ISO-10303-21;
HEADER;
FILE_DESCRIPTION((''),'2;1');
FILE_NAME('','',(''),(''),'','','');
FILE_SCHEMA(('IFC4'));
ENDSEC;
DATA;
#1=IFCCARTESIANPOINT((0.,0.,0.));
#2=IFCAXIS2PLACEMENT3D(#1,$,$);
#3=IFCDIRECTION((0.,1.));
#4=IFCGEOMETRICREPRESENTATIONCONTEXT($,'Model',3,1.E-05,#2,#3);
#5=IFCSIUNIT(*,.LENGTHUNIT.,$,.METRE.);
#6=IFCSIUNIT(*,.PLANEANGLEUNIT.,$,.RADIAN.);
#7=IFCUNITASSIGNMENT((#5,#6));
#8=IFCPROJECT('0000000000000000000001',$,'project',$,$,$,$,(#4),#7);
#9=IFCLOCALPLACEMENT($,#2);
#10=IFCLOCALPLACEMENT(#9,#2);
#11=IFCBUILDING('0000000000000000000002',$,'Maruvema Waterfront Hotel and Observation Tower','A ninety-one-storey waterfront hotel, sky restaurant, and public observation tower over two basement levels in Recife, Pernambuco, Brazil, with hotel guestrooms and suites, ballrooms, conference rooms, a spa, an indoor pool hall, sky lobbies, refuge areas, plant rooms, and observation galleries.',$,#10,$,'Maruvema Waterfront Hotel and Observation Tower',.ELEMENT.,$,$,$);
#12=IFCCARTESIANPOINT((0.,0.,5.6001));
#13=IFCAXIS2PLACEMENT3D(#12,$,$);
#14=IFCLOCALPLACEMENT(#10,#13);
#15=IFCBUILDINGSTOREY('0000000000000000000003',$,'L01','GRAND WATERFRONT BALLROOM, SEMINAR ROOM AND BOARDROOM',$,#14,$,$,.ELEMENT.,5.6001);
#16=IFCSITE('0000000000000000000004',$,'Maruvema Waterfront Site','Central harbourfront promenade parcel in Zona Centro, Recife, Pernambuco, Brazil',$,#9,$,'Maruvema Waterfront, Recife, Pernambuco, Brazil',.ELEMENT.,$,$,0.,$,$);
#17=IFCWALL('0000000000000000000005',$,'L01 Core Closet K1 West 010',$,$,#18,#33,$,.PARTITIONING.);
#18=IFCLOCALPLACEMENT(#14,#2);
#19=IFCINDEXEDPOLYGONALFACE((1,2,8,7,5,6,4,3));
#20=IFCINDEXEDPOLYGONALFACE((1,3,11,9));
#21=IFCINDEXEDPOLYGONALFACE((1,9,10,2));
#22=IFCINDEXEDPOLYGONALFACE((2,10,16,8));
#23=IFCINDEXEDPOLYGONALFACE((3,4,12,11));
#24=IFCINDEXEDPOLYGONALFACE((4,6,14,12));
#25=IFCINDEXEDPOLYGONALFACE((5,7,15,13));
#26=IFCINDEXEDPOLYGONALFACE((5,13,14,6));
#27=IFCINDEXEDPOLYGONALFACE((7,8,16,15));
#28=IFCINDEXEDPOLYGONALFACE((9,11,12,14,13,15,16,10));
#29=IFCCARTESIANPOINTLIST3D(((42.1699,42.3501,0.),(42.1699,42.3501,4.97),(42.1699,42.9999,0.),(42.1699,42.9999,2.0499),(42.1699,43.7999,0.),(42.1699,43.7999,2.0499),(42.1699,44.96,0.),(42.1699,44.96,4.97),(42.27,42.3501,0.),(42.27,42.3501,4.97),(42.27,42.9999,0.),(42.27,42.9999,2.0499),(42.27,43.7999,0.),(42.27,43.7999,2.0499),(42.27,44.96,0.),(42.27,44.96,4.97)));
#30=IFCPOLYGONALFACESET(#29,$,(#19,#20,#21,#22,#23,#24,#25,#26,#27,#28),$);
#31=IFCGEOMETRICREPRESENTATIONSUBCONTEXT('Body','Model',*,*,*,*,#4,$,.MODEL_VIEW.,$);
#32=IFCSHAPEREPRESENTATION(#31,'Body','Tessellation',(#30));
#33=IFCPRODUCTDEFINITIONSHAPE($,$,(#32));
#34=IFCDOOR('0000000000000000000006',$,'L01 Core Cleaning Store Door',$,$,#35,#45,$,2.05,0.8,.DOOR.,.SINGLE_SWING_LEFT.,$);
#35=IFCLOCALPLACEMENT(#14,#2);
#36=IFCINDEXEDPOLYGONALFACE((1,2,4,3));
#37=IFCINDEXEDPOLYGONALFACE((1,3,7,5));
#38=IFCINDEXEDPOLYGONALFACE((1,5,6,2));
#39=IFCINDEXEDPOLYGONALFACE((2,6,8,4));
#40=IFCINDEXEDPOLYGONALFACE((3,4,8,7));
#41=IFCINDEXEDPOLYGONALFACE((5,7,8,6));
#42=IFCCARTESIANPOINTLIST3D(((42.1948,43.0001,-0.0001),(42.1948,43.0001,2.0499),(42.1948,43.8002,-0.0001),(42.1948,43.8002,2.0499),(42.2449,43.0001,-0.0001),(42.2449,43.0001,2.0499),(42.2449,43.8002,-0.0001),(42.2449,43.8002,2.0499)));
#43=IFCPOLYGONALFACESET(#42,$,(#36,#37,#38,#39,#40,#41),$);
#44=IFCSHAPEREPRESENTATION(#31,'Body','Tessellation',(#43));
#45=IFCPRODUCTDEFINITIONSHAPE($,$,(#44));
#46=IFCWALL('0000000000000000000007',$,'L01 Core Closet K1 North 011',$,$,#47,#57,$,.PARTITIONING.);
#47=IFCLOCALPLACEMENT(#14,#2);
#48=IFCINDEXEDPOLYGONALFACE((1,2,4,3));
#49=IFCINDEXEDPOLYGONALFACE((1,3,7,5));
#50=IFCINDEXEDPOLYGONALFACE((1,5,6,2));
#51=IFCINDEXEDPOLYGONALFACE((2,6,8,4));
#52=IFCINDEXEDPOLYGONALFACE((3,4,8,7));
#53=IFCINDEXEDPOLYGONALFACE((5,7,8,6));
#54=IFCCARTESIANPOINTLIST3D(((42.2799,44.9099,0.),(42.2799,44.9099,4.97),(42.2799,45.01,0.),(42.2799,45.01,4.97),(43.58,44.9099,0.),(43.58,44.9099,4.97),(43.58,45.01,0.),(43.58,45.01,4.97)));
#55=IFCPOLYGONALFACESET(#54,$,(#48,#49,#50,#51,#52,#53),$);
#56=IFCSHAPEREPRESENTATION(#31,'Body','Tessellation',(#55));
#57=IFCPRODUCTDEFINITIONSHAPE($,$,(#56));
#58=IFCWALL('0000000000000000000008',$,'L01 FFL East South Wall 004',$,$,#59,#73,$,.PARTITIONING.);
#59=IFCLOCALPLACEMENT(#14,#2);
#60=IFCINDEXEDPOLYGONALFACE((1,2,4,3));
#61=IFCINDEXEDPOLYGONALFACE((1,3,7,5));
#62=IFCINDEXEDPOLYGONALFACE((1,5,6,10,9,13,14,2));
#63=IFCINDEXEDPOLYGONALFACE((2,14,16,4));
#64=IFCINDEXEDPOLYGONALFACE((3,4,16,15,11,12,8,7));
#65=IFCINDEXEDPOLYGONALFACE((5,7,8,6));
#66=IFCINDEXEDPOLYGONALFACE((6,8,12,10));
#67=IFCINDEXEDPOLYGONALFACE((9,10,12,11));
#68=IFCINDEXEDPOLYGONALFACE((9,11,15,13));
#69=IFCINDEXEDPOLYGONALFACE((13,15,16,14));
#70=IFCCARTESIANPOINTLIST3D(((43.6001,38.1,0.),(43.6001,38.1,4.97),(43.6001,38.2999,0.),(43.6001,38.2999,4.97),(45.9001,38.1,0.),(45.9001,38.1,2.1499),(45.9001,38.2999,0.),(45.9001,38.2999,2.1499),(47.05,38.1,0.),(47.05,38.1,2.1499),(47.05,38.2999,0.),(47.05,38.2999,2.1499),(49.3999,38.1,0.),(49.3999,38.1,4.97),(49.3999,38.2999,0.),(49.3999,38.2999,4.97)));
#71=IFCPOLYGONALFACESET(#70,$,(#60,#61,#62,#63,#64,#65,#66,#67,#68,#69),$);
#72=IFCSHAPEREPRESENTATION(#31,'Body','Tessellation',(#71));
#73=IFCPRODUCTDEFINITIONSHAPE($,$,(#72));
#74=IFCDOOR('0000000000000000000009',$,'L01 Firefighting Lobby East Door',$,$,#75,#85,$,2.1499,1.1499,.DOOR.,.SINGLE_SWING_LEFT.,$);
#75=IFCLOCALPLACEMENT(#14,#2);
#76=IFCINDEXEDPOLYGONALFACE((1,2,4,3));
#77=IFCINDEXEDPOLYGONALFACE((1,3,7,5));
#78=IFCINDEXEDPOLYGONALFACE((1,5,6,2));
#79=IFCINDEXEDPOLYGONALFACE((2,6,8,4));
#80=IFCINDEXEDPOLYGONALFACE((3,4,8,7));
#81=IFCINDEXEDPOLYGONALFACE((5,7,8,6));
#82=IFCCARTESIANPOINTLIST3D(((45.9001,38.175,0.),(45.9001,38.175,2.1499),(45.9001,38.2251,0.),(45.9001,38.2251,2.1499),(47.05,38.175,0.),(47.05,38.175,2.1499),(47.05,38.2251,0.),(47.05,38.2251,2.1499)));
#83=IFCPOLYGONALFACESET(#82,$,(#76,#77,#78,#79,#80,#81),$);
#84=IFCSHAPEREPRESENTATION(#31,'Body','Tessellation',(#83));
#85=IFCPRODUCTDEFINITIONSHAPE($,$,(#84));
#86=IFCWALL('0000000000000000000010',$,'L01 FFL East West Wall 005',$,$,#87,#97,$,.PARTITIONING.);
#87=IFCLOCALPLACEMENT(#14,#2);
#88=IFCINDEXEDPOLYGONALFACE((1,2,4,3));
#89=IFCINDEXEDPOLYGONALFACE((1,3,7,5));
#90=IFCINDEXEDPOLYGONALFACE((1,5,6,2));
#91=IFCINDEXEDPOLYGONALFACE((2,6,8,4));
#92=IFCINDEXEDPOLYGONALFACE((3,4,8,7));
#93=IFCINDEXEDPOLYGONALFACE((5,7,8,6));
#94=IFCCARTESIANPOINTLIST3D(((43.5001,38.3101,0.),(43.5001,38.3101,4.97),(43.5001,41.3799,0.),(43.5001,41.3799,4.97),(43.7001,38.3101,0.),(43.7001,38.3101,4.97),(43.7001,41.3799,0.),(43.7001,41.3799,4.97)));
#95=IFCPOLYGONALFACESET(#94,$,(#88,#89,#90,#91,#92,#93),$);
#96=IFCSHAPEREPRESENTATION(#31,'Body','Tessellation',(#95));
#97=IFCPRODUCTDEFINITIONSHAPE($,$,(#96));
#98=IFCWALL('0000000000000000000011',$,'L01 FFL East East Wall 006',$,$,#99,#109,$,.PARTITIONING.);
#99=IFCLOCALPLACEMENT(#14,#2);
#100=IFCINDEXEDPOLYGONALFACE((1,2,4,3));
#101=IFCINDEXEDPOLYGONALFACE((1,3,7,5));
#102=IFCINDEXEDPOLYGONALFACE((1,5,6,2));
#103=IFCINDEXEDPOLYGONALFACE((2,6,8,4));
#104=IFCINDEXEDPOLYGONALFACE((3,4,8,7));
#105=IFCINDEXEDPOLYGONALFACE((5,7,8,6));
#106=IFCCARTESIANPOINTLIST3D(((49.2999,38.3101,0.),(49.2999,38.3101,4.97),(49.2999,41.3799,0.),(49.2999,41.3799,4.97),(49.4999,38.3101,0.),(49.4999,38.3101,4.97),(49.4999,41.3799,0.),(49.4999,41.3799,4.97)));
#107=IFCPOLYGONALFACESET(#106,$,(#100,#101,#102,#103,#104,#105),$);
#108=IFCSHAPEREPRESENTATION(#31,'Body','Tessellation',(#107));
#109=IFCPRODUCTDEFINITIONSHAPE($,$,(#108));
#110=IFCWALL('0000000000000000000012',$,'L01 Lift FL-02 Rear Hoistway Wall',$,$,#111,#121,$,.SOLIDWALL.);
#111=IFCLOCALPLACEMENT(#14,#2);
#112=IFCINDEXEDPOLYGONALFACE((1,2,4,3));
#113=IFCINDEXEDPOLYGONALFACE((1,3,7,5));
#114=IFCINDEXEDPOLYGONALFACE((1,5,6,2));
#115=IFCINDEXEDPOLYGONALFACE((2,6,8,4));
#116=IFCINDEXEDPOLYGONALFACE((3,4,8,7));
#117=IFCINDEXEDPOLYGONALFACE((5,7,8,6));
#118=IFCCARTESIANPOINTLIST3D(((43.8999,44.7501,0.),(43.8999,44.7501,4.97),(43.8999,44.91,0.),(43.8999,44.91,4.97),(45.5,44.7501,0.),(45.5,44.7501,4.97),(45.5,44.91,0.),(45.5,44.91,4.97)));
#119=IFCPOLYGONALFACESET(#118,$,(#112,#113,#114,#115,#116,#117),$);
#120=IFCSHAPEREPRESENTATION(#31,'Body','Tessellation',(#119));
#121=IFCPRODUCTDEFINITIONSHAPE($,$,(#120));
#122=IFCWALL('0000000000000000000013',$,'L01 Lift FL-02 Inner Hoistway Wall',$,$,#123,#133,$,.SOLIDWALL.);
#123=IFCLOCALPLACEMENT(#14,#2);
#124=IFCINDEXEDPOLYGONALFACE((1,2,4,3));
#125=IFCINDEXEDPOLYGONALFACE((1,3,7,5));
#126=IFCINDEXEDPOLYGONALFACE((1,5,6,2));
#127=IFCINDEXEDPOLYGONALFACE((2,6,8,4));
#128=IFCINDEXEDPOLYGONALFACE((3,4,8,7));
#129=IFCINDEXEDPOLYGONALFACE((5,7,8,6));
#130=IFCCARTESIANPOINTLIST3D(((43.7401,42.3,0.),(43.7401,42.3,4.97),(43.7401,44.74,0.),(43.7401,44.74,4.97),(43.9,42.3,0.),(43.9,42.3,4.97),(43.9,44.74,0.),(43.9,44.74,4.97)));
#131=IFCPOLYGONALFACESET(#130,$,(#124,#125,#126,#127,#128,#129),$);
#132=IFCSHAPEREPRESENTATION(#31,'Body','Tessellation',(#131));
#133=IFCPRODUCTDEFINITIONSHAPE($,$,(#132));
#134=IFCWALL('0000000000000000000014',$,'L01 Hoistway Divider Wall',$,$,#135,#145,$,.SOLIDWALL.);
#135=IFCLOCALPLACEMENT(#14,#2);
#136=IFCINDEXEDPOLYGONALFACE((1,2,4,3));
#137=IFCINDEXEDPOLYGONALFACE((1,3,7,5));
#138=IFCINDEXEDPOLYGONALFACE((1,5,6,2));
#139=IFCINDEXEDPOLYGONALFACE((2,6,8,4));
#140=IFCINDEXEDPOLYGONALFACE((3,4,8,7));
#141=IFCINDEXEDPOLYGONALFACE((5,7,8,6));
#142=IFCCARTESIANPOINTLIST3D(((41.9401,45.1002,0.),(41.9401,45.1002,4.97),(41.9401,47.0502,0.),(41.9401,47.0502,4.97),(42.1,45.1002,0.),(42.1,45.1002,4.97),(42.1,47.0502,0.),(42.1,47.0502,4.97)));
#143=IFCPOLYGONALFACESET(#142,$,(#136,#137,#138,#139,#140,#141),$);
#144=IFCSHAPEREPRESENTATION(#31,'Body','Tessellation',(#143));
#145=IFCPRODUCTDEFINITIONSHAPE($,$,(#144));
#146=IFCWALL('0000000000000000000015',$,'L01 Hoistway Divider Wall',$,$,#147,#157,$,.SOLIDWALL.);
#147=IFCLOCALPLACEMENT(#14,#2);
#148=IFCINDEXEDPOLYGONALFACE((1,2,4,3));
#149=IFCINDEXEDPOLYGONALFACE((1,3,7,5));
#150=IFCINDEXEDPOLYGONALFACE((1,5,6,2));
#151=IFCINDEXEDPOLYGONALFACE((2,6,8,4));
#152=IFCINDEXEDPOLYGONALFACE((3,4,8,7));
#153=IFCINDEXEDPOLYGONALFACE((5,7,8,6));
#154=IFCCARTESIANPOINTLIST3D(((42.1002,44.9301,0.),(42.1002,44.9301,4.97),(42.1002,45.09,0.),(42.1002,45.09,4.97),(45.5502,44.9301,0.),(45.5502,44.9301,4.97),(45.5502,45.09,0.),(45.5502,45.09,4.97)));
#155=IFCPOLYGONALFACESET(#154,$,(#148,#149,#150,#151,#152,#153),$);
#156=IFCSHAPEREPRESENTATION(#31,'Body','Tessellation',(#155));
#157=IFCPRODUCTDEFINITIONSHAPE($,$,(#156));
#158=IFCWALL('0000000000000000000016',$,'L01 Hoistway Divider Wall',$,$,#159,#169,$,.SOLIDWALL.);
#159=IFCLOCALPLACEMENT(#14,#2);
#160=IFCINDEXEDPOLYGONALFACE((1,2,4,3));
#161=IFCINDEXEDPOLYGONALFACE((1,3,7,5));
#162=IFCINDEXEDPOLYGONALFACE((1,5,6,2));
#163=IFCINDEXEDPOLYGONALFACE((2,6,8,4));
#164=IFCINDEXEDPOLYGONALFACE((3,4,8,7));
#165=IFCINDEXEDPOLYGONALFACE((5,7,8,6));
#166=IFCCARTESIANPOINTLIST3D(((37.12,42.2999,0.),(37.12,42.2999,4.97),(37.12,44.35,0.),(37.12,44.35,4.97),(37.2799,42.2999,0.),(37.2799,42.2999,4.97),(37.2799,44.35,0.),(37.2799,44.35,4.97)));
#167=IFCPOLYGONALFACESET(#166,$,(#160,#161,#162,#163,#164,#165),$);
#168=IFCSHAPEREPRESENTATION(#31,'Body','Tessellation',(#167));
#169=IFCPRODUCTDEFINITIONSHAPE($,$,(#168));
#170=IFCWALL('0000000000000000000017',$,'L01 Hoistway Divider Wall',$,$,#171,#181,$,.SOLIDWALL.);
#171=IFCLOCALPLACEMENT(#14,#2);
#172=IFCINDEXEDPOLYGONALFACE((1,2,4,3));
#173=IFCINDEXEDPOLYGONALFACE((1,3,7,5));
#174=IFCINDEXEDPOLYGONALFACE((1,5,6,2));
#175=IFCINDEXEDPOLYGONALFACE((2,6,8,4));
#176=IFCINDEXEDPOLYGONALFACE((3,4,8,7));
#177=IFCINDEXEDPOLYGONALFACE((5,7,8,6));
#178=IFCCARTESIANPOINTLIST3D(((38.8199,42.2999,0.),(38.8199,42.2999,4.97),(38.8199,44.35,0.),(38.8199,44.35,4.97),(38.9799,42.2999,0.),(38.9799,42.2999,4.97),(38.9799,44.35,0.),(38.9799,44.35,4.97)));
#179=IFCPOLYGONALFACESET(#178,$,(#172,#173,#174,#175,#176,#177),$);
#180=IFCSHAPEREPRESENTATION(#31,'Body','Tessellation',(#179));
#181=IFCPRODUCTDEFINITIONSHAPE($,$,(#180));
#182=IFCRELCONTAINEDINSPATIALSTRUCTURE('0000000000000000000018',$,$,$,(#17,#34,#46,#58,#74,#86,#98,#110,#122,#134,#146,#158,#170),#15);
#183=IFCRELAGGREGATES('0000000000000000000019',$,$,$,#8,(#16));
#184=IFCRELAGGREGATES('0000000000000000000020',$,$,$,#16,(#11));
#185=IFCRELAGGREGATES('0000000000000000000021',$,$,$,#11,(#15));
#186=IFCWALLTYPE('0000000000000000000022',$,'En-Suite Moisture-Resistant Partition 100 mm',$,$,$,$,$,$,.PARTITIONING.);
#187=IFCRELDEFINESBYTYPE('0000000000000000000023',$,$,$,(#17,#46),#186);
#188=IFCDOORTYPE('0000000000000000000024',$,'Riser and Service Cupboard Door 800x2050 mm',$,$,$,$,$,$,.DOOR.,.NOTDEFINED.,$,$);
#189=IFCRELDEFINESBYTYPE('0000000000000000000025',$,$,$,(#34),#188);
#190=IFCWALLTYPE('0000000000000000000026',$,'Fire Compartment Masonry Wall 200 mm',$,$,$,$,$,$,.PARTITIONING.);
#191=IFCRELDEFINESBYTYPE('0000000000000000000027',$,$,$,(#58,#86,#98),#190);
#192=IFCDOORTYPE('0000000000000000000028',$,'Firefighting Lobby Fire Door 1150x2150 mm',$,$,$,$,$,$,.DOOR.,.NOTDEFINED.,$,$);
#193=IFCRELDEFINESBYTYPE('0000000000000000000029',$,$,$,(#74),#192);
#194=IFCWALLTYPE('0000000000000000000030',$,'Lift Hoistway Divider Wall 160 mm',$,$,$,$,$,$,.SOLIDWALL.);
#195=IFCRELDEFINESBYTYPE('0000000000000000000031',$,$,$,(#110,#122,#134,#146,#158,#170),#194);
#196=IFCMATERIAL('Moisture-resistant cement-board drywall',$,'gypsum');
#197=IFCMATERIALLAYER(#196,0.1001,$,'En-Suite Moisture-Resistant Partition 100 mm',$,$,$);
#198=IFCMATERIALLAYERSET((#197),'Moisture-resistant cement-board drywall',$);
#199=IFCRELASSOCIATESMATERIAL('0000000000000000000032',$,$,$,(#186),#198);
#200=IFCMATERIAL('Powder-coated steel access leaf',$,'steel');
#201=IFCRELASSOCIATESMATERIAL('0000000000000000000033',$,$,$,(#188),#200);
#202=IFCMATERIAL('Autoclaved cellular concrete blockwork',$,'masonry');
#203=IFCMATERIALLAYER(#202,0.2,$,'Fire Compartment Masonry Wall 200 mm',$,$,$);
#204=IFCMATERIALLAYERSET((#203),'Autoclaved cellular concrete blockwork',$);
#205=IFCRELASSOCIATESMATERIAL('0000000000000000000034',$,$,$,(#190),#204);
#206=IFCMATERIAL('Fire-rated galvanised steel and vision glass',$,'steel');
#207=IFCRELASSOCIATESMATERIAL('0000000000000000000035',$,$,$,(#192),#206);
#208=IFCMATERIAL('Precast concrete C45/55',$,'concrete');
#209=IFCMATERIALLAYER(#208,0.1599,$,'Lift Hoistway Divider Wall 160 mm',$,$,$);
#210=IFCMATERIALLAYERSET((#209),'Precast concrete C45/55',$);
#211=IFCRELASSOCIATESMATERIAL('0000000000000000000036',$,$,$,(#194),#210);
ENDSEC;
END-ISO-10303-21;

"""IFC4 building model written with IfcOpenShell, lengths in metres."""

from ifc_helpers import new_model, si_unit, direction, frame, frame_2d, origin, place, context, subcontext, project, spatial, rectangle, extrude, material, layer, layer_set, type_object, element, fill, save


model = new_model("IFC4")

# Units and contexts
model_context = context("Model", 3, precision=1e-05, world=origin(), true_north=direction((0.0, 1.0)))
body_context = subcontext(model_context, "Body", "Model", "MODEL_VIEW")
ifc_project = project(units=[si_unit("LENGTHUNIT", "METRE"), si_unit("PLANEANGLEUNIT", "RADIAN")], contexts=[model_context])

# Site, building, storey
site_placement = place(None, origin())
site = spatial("IfcSite", under=ifc_project, at=site_placement, Name="Maruvema Waterfront Site", Description="Central harbourfront promenade parcel in Zona Centro, Recife, Pernambuco, Brazil", LongName="Maruvema Waterfront, Recife, Pernambuco, Brazil", CompositionType="ELEMENT", RefElevation=0.0)
building_placement = place(site_placement, origin())
building = spatial("IfcBuilding", under=site, at=building_placement, Name="Maruvema Waterfront Hotel and Observation Tower", Description="A ninety-one-storey waterfront hotel, sky restaurant, and public observation tower over two basement levels in Recife, Pernambuco, Brazil, with hotel guestrooms and suites, ballrooms, conference rooms, a spa, an indoor pool hall, sky lobbies, refuge areas, plant rooms, and observation galleries.", LongName="Maruvema Waterfront Hotel and Observation Tower", CompositionType="ELEMENT")
storey_placement = place(building_placement, frame((0.0, 0.0, 5.6001)))
storey = spatial("IfcBuildingStorey", under=building, at=storey_placement, Name="L01", Description="GRAND WATERFRONT BALLROOM, SEMINAR ROOM AND BOARDROOM", CompositionType="ELEMENT", Elevation=5.6001)

# Wall, opening, door
ifc_material_1 = material(Name="Moisture-resistant cement-board drywall", Category="gypsum")
ifc_layer_1 = layer(ifc_material_1, 0.1001, Name="En-Suite Moisture-Resistant Partition 100 mm")
ifc_layer_set_1 = layer_set([ifc_layer_1], Name="Moisture-resistant cement-board drywall")
wall_type_1 = type_object("IfcWallType", Name="En-Suite Moisture-Resistant Partition 100 mm", PredefinedType="PARTITIONING", material=ifc_layer_set_1)
wall_1_placement = place(storey_placement, frame((42.22, 42.3501, 0.0), z_axis=(0.0, 0.0, 1.0), x_axis=(0.0, 1.0, 0.0)))
wall_1 = element("IfcWall", 1, at=wall_1_placement, inside=storey, type_object=wall_type_1, Name="L01 Core Closet K1 West 010", PredefinedType="PARTITIONING", context=body_context, shape_type="SweptSolid", body=[
    extrude(rectangle(XDim=2.6099, YDim=0.1001, at=frame_2d((1.3049, 0.0))), origin(), (0.0, 0.0, 1.0), 4.97),
])
opening_1_placement = place(wall_1_placement, frame((0.6499, 0.0, 0.0)))
opening_1 = element("IfcOpeningElement", 2, at=opening_1_placement, cuts=wall_1, PredefinedType="OPENING", context=body_context, shape_type="SweptSolid", body=[
    extrude(rectangle(XDim=0.8, YDim=2.05, at=frame_2d((0.3999, 1.0249))), frame((0.0, 0.0601, 0.0), z_axis=(0.0, -1.0, 0.0), x_axis=(1.0, 0.0, 0.0)), (0.0, 0.0, 1.0), 0.1201),
])
ifc_material_2 = material(Name="Powder-coated steel access leaf", Category="steel")
door_type_1 = type_object("IfcDoorType", Name="Riser and Service Cupboard Door 800x2050 mm", OperationType="NOTDEFINED", PredefinedType="DOOR", material=ifc_material_2)
door_1_placement = place(opening_1_placement, frame((0.8, 0.0, 0.0), z_axis=(0.0, 0.0, 1.0), x_axis=(-1.0, 0.0, 0.0)))
door_1 = element("IfcDoor", 3, at=door_1_placement, inside=storey, type_object=door_type_1, Name="L01 Core Cleaning Store Door", OperationType="SINGLE_SWING_LEFT", OverallHeight=2.05, OverallWidth=0.8, PredefinedType="DOOR", context=body_context, shape_type="SweptSolid", body=[
    extrude(rectangle(XDim=0.8, YDim=2.05, at=frame_2d((0.3999, 1.0249))), frame((0.0, 0.0249, 0.0), z_axis=(0.0, -1.0, 0.0), x_axis=(1.0, 0.0, 0.0)), (0.0, 0.0, 1.0), 0.05),
])
fill(opening_1, door_1)

# Wall
wall_2_placement = place(storey_placement, frame((42.28, 44.96, 0.0), z_axis=(0.0, 0.0, 1.0), x_axis=(1.0, 0.0, 0.0)))
element("IfcWall", 4, at=wall_2_placement, inside=storey, type_object=wall_type_1, Name="L01 Core Closet K1 North 011", PredefinedType="PARTITIONING", context=body_context, shape_type="SweptSolid", body=[
    extrude(rectangle(XDim=1.3, YDim=0.1001, at=frame_2d((0.6499, 0.0))), origin(), (0.0, 0.0, 1.0), 4.97),
])

# Wall, opening, door
ifc_material_3 = material(Name="Autoclaved cellular concrete blockwork", Category="masonry")
ifc_layer_2 = layer(ifc_material_3, 0.2, Name="Fire Compartment Masonry Wall 200 mm")
ifc_layer_set_2 = layer_set([ifc_layer_2], Name="Autoclaved cellular concrete blockwork")
wall_type_2 = type_object("IfcWallType", Name="Fire Compartment Masonry Wall 200 mm", PredefinedType="PARTITIONING", material=ifc_layer_set_2)
wall_3_placement = place(storey_placement, frame((43.6001, 38.2, 0.0), z_axis=(0.0, 0.0, 1.0), x_axis=(1.0, 0.0, 0.0)))
wall_3 = element("IfcWall", 5, at=wall_3_placement, inside=storey, type_object=wall_type_2, Name="L01 FFL East South Wall 004", PredefinedType="PARTITIONING", context=body_context, shape_type="SweptSolid", body=[
    extrude(rectangle(XDim=5.7998, YDim=0.2, at=frame_2d((2.8999, 0.0))), origin(), (0.0, 0.0, 1.0), 4.97),
])
opening_2_placement = place(wall_3_placement, frame((2.3, 0.0, 0.0)))
opening_2 = element("IfcOpeningElement", 6, at=opening_2_placement, cuts=wall_3, PredefinedType="OPENING", context=body_context, shape_type="SweptSolid", body=[
    extrude(rectangle(XDim=1.1499, YDim=2.1499, at=frame_2d((0.575, 1.075))), frame((0.0, 0.1099, 0.0), z_axis=(0.0, -1.0, 0.0), x_axis=(1.0, 0.0, 0.0)), (0.0, 0.0, 1.0), 0.22),
])
ifc_material_4 = material(Name="Fire-rated galvanised steel and vision glass", Category="steel")
door_type_2 = type_object("IfcDoorType", Name="Firefighting Lobby Fire Door 1150x2150 mm", OperationType="NOTDEFINED", PredefinedType="DOOR", material=ifc_material_4)
door_2_placement = place(opening_2_placement, frame((1.1499, 0.0, 0.0), z_axis=(0.0, 0.0, 1.0), x_axis=(-1.0, 0.0, 0.0)))
door_2 = element("IfcDoor", 7, at=door_2_placement, inside=storey, type_object=door_type_2, Name="L01 Firefighting Lobby East Door", OperationType="SINGLE_SWING_LEFT", OverallHeight=2.1499, OverallWidth=1.1499, PredefinedType="DOOR", context=body_context, shape_type="SweptSolid", body=[
    extrude(rectangle(XDim=1.1499, YDim=2.1499, at=frame_2d((0.575, 1.075))), frame((0.0, 0.0249, 0.0), z_axis=(0.0, -1.0, 0.0), x_axis=(1.0, 0.0, 0.0)), (0.0, 0.0, 1.0), 0.05),
])
fill(opening_2, door_2)

# Walls
for number, where, z_axis, x_axis, name in (
    (8, (43.6001, 38.3101, 0.0), (0.0, 0.0, 1.0), (0.0, 1.0, 0.0), "L01 FFL East West Wall 005"),
    (9, (49.3999, 38.3101, 0.0), (0.0, 0.0, 1.0), (0.0, 1.0, 0.0), "L01 FFL East East Wall 006"),
):
    element("IfcWall", number, at=place(storey_placement, frame(where, z_axis=z_axis, x_axis=x_axis)), inside=storey, type_object=wall_type_2, Name=name, PredefinedType="PARTITIONING", context=body_context, shape_type="SweptSolid", body=[
        extrude(rectangle(XDim=3.0698, YDim=0.2, at=frame_2d((1.5349, 0.0))), origin(), (0.0, 0.0, 1.0), 4.97),
    ])
ifc_material_5 = material(Name="Precast concrete C45/55", Category="concrete")
ifc_layer_3 = layer(ifc_material_5, 0.1599, Name="Lift Hoistway Divider Wall 160 mm")
ifc_layer_set_3 = layer_set([ifc_layer_3], Name="Precast concrete C45/55")
wall_type_3 = type_object("IfcWallType", Name="Lift Hoistway Divider Wall 160 mm", PredefinedType="SOLIDWALL", material=ifc_layer_set_3)
wall_4_placement = place(storey_placement, frame((43.8999, 44.8301, 0.0), z_axis=(0.0, 0.0, 1.0), x_axis=(1.0, 0.0, 0.0)))
element("IfcWall", 10, at=wall_4_placement, inside=storey, type_object=wall_type_3, Name="L01 Lift FL-02 Rear Hoistway Wall", PredefinedType="SOLIDWALL", context=body_context, shape_type="SweptSolid", body=[
    extrude(rectangle(XDim=1.6001, YDim=0.1599, at=frame_2d((0.8, 0.0))), origin(), (0.0, 0.0, 1.0), 4.97),
])
wall_5_placement = place(storey_placement, frame((43.8201, 42.3, 0.0), z_axis=(0.0, 0.0, 1.0), x_axis=(0.0, 1.0, 0.0)))
element("IfcWall", 11, at=wall_5_placement, inside=storey, type_object=wall_type_3, Name="L01 Lift FL-02 Inner Hoistway Wall", PredefinedType="SOLIDWALL", context=body_context, shape_type="SweptSolid", body=[
    extrude(rectangle(XDim=2.4399, YDim=0.1599, at=frame_2d((1.22, 0.0))), origin(), (0.0, 0.0, 1.0), 4.97),
])
wall_6_placement = place(storey_placement, frame((42.02, 45.1001, 0.0), z_axis=(0.0, 0.0, 1.0), x_axis=(0.0, 1.0, 0.0)))
element("IfcWall", 12, at=wall_6_placement, inside=storey, type_object=wall_type_3, Name="L01 Hoistway Divider Wall", PredefinedType="SOLIDWALL", context=body_context, shape_type="SweptSolid", body=[
    extrude(rectangle(XDim=1.95, YDim=0.1599, at=frame_2d((0.9751, 0.0))), origin(), (0.0, 0.0, 1.0), 4.97),
])
wall_7_placement = place(storey_placement, frame((42.1001, 45.01, 0.0), z_axis=(0.0, 0.0, 1.0), x_axis=(1.0, 0.0, 0.0)))
element("IfcWall", 13, at=wall_7_placement, inside=storey, type_object=wall_type_3, Name="L01 Hoistway Divider Wall", PredefinedType="SOLIDWALL", context=body_context, shape_type="SweptSolid", body=[
    extrude(rectangle(XDim=3.45, YDim=0.1599, at=frame_2d((1.7251, 0.0))), origin(), (0.0, 0.0, 1.0), 4.97),
])
for number, where, z_axis, x_axis, name in (
    (14, (37.2, 42.3, 0.0), (0.0, 0.0, 1.0), (0.0, 1.0, 0.0), "L01 Hoistway Divider Wall"),
    (15, (38.8999, 42.3, 0.0), (0.0, 0.0, 1.0), (0.0, 1.0, 0.0), "L01 Hoistway Divider Wall"),
):
    element("IfcWall", number, at=place(storey_placement, frame(where, z_axis=z_axis, x_axis=x_axis)), inside=storey, type_object=wall_type_3, Name=name, PredefinedType="SOLIDWALL", context=body_context, shape_type="SweptSolid", body=[
        extrude(rectangle(XDim=2.05, YDim=0.1599, at=frame_2d((1.0249, 0.0))), origin(), (0.0, 0.0, 1.0), 4.97),
    ])

save(model, "model.ifc")
